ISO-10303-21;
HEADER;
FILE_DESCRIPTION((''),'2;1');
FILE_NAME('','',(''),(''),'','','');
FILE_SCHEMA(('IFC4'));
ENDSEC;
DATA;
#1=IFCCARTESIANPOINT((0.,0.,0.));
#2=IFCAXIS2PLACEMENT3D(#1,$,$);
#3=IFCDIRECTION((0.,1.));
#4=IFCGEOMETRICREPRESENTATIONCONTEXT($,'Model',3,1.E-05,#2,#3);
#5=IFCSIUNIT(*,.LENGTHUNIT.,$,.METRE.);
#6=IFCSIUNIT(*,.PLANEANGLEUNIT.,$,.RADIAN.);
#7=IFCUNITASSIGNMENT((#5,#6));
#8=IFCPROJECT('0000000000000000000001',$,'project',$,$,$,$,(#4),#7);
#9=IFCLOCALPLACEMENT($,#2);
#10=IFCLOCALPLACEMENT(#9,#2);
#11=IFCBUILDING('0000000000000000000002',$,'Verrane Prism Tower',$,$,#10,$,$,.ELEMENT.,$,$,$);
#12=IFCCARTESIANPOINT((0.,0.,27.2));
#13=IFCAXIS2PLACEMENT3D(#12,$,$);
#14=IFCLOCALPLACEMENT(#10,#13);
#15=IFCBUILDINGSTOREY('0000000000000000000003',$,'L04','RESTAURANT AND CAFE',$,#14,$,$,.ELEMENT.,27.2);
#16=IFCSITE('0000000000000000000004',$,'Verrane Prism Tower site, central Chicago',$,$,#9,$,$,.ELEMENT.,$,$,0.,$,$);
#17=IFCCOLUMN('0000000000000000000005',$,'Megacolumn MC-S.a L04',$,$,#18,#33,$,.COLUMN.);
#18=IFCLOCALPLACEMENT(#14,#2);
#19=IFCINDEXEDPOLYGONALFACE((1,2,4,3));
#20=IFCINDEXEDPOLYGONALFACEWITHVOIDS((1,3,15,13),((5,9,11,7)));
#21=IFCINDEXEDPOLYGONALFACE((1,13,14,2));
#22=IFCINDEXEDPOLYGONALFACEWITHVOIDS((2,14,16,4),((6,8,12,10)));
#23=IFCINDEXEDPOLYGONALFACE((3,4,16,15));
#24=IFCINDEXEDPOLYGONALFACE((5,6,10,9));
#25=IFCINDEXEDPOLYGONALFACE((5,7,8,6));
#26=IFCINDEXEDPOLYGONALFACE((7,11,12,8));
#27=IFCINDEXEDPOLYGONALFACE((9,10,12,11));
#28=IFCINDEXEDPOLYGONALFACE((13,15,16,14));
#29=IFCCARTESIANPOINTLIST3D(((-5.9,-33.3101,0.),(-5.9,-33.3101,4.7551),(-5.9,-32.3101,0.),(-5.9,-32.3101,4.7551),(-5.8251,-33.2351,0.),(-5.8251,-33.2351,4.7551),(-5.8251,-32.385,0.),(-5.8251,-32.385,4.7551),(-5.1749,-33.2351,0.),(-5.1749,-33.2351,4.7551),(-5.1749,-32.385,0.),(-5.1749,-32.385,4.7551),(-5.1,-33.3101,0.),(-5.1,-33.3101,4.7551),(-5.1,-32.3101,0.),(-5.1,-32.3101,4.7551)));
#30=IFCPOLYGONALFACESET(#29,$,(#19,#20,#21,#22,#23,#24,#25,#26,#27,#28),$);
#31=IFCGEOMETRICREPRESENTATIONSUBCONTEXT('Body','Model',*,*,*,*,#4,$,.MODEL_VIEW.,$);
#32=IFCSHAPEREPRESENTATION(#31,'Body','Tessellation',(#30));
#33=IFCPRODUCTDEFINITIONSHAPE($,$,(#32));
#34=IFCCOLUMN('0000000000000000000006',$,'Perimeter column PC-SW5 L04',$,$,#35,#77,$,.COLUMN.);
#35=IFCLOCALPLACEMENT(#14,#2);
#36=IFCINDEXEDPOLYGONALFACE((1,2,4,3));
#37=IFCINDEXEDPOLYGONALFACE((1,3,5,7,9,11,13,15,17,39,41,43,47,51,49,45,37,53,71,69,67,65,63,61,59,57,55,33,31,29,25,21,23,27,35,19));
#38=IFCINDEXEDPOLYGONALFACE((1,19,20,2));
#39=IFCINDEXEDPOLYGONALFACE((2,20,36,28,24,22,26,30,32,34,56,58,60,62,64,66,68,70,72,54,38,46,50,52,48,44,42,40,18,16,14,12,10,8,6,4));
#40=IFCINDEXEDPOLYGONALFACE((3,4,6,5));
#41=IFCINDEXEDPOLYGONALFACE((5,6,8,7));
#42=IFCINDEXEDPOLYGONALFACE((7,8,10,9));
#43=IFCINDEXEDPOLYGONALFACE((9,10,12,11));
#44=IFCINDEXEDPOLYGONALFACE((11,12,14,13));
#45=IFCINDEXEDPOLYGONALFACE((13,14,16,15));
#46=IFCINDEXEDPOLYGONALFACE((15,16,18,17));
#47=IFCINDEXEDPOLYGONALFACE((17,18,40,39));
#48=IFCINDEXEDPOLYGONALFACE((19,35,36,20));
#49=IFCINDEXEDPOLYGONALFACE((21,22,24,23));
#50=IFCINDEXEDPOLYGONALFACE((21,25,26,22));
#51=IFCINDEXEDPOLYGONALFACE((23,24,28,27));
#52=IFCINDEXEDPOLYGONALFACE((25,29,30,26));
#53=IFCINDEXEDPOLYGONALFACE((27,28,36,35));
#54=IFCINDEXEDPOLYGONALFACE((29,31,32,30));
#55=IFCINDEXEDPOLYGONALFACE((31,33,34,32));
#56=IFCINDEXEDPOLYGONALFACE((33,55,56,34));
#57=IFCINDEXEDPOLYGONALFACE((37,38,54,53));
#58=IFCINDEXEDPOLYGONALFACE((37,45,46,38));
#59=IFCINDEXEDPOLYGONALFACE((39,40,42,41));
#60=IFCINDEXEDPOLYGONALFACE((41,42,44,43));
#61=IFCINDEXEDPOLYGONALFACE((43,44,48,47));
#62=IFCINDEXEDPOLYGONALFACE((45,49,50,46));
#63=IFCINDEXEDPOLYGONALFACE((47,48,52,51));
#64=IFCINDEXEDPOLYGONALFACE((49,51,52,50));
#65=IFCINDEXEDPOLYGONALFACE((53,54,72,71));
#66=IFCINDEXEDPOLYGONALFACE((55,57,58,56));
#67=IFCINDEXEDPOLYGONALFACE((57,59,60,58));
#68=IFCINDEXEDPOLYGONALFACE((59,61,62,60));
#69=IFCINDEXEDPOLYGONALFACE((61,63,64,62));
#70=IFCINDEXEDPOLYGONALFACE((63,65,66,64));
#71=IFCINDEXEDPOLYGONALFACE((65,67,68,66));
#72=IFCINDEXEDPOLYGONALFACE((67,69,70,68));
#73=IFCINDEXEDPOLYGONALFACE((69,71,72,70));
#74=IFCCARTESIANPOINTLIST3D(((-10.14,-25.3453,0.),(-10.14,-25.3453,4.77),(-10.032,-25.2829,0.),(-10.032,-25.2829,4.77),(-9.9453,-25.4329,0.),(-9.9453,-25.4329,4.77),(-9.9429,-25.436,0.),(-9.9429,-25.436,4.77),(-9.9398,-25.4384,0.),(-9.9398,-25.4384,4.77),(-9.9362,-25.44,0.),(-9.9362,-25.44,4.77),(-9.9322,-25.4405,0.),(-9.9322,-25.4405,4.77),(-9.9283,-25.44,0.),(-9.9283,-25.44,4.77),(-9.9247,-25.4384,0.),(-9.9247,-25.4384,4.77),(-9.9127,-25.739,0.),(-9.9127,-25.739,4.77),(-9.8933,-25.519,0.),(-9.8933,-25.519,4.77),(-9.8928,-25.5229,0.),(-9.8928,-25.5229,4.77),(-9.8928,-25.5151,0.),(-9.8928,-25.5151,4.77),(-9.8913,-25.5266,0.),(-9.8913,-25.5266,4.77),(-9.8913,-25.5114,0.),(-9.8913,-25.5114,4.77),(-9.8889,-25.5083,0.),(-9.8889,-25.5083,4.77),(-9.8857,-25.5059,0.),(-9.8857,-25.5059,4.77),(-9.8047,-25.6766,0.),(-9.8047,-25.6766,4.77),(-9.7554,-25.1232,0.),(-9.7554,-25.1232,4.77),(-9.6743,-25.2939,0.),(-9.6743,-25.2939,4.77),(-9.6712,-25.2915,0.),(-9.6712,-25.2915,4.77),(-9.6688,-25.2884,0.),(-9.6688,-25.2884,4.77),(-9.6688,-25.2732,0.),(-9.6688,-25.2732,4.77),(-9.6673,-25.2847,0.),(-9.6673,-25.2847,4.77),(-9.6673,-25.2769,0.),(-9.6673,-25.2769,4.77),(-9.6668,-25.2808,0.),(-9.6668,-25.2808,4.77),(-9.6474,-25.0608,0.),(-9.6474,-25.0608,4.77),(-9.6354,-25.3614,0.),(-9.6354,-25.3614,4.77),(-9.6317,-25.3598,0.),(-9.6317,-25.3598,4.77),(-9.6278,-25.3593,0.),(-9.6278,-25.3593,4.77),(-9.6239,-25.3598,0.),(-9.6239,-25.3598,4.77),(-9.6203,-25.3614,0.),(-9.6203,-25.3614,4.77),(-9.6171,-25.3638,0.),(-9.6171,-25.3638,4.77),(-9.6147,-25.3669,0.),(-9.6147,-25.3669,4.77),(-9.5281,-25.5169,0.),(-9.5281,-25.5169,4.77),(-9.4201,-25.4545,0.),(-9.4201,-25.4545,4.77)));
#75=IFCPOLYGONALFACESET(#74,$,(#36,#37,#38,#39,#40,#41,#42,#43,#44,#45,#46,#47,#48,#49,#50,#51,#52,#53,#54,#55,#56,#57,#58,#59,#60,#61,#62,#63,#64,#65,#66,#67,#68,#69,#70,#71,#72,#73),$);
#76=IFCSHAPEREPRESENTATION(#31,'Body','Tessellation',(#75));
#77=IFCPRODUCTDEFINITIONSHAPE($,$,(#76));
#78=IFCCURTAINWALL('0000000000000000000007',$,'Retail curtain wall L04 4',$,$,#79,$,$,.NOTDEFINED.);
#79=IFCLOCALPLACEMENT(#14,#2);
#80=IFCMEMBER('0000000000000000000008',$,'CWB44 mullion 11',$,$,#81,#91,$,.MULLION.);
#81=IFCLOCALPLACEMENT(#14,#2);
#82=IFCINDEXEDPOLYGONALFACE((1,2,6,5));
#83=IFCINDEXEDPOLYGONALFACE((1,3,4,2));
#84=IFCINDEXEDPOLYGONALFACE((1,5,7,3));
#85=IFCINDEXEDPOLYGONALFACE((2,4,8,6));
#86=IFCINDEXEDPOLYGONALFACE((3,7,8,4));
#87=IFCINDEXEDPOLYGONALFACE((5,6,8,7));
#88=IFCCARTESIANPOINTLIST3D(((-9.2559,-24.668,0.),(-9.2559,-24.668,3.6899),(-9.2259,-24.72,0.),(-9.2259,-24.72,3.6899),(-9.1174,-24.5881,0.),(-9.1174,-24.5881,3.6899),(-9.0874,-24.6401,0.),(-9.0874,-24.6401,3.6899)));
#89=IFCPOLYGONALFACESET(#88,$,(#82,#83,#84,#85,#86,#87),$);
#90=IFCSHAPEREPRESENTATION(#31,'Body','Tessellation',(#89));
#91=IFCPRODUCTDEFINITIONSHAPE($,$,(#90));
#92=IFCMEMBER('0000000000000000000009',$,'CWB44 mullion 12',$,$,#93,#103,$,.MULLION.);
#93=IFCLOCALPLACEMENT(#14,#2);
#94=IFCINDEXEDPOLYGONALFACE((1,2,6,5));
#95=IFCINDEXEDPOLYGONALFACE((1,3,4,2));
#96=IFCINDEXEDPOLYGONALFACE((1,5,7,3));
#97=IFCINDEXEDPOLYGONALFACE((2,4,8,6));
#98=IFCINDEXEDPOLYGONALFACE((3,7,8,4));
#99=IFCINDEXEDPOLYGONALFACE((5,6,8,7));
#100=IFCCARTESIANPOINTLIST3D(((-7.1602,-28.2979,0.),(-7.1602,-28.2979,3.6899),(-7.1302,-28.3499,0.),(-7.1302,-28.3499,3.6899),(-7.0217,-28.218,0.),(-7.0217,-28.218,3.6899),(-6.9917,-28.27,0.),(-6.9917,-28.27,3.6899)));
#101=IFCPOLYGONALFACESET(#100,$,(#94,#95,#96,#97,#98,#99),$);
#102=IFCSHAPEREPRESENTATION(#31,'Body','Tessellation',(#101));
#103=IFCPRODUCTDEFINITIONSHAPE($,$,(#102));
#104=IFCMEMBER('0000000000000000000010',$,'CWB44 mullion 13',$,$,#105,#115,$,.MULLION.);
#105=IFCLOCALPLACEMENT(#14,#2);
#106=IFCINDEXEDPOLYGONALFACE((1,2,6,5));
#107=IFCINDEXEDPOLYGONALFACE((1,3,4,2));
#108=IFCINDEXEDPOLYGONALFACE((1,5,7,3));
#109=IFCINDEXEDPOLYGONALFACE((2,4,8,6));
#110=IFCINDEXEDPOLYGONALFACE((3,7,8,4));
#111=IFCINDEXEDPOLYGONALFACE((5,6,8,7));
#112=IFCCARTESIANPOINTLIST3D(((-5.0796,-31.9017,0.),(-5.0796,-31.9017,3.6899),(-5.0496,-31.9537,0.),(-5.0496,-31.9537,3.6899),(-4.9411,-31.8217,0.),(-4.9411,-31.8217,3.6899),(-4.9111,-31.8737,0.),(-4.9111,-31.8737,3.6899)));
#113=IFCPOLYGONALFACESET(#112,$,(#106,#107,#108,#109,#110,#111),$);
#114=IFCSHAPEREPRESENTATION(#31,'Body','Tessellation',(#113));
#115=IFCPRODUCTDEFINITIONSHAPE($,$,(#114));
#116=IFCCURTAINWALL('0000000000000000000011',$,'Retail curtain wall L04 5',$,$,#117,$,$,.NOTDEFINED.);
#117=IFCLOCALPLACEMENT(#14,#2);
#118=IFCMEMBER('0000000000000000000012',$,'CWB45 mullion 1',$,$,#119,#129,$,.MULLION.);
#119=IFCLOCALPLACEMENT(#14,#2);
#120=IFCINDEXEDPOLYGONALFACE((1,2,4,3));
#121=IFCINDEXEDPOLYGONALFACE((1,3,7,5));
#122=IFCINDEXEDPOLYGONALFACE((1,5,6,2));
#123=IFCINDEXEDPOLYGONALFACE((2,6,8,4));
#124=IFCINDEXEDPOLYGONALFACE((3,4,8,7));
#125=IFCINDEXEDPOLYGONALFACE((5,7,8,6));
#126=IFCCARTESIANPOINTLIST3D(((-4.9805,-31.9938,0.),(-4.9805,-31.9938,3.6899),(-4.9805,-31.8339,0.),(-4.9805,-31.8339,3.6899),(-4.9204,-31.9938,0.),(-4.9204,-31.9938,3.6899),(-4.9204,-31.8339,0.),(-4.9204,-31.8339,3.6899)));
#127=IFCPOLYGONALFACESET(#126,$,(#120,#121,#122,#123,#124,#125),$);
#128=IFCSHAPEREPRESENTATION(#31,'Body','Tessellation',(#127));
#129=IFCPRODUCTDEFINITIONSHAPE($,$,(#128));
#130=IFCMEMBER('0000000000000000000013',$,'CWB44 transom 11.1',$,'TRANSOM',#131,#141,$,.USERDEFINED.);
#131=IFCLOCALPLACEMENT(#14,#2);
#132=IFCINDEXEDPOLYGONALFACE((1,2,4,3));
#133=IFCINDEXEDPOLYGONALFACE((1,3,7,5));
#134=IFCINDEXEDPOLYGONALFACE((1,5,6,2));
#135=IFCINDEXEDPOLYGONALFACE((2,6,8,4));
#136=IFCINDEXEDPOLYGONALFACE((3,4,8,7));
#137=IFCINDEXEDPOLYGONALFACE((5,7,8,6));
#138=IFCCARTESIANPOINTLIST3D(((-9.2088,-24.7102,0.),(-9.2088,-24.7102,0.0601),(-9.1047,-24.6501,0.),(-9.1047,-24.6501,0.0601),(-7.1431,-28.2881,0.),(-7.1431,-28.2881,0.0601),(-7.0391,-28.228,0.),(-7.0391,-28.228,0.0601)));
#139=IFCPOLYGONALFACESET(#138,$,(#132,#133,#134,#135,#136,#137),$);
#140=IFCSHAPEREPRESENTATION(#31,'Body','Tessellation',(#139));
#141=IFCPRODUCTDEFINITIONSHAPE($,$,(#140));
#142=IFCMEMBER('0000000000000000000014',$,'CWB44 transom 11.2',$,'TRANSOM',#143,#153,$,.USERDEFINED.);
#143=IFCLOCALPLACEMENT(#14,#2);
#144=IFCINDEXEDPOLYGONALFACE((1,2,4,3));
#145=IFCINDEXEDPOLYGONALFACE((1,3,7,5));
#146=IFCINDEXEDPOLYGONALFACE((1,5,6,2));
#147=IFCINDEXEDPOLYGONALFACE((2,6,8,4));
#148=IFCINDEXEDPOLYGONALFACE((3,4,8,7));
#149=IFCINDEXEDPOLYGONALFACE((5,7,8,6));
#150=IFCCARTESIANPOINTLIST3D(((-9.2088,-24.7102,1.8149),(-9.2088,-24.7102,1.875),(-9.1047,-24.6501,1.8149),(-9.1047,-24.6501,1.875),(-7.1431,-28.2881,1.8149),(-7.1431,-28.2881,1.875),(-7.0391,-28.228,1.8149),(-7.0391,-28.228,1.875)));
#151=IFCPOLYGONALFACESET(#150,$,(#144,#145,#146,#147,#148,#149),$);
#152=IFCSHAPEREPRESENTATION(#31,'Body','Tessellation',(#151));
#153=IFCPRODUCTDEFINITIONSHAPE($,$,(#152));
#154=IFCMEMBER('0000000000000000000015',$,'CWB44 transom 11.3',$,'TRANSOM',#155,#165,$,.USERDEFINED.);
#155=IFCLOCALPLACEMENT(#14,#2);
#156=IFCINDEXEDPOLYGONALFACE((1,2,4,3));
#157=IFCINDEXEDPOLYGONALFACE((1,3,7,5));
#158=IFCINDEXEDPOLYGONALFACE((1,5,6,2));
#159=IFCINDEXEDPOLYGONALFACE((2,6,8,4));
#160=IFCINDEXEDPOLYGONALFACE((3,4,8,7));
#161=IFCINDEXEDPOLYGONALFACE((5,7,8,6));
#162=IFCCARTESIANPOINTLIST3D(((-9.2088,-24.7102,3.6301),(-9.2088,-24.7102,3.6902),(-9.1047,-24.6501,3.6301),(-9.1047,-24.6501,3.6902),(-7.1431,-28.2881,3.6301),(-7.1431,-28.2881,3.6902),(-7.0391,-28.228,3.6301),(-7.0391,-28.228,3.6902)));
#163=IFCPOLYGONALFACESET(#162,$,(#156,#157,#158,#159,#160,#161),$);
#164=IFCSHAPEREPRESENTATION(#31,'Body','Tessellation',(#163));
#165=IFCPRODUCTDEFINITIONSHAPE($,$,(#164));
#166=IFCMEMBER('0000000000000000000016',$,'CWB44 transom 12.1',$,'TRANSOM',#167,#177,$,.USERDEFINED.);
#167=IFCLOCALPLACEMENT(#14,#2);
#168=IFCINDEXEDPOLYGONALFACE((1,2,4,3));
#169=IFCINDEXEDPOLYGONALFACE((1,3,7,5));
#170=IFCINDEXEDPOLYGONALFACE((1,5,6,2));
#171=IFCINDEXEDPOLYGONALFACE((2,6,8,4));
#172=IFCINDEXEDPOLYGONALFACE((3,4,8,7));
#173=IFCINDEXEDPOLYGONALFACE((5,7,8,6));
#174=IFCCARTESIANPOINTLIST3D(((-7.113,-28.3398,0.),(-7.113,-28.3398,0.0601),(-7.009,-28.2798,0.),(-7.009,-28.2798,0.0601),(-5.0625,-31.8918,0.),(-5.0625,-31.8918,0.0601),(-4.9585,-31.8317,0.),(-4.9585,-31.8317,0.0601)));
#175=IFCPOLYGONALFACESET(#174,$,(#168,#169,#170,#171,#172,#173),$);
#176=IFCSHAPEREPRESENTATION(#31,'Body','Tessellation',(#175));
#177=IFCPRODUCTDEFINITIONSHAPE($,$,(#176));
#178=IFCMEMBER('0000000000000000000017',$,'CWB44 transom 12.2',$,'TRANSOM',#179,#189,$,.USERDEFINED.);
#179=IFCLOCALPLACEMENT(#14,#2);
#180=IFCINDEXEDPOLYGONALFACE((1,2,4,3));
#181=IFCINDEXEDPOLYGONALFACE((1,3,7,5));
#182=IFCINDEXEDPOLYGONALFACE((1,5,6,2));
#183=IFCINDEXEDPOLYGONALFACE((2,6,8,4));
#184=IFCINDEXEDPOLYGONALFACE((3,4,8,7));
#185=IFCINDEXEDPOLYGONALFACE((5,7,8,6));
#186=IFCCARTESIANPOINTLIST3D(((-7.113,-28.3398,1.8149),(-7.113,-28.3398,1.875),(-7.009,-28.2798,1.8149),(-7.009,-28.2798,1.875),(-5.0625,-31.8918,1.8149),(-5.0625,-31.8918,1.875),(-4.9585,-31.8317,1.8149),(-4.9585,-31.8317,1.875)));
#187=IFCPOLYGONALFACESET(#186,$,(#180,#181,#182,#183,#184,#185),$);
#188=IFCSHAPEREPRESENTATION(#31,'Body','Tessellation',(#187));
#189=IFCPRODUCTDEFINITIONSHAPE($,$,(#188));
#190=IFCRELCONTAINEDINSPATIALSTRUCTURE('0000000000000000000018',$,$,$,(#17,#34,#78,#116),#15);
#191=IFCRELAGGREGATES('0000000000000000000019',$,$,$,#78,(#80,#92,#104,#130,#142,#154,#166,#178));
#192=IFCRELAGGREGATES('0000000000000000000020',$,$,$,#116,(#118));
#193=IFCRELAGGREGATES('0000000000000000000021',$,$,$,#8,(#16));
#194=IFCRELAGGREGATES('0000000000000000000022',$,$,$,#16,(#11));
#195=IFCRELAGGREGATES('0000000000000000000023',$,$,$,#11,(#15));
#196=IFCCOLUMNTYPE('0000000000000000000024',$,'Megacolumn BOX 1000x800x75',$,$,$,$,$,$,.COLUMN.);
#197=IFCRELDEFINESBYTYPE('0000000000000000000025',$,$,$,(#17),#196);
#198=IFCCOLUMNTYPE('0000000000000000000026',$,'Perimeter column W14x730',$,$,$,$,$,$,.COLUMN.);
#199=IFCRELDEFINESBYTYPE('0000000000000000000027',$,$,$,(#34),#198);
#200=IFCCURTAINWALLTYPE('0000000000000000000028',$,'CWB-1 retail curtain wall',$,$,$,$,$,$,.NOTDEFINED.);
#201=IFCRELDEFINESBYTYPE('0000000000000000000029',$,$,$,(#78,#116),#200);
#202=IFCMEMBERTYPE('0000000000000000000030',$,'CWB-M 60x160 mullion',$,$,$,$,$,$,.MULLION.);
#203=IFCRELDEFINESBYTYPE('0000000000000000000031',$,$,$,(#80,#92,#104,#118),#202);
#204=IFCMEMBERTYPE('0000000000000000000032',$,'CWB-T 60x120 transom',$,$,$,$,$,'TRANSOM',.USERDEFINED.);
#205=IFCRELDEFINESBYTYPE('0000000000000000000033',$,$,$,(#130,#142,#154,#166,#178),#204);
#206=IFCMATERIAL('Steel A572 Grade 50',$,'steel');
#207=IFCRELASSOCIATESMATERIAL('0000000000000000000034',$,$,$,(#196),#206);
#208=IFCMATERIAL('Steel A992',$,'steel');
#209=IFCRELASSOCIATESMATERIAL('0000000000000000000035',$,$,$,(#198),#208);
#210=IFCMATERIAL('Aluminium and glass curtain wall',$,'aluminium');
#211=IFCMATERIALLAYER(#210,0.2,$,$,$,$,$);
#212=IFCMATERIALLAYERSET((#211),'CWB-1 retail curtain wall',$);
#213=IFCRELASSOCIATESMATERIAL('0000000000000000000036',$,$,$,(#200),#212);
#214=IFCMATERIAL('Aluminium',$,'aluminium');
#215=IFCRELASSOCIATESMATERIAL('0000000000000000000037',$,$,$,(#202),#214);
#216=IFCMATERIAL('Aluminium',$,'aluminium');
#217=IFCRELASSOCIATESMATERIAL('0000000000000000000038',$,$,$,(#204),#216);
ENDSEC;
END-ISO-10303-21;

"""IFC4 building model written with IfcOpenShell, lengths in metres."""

from ifc_helpers import new_model, si_unit, direction, frame, origin, origin_2d, place, context, subcontext, project, spatial, rectangle, hollow_rectangle, i_section, extrude, material, layer, layer_set, material_profile, profile_set, type_object, element, aggregate, save


model = new_model("IFC4")

# Units and contexts
model_context = context("Model", 3, precision=1e-05, world=origin(), true_north=direction((0.0, 1.0)))
body_context = subcontext(model_context, "Body", "Model", "MODEL_VIEW")
ifc_project = project(units=[si_unit("LENGTHUNIT", "METRE"), si_unit("PLANEANGLEUNIT", "RADIAN")], contexts=[model_context])

# Site, building, storey
site_placement = place(None, origin())
site = spatial("IfcSite", under=ifc_project, at=site_placement, Name="Verrane Prism Tower site, central Chicago", CompositionType="ELEMENT", RefElevation=0.0)
building_placement = place(site_placement, origin())
building = spatial("IfcBuilding", under=site, at=building_placement, Name="Verrane Prism Tower", CompositionType="ELEMENT")
storey_placement = place(building_placement, frame((0.0, 0.0, 27.2)))
storey = spatial("IfcBuildingStorey", under=building, at=storey_placement, Name="L04", Description="RESTAURANT AND CAFE", CompositionType="ELEMENT", Elevation=27.2)

# Columns
ifc_material_1 = material(Name="Steel A572 Grade 50", Category="steel")
ifc_material_profile_1 = material_profile(ifc_material_1, hollow_rectangle(XDim=0.8, YDim=1.0, WallThickness=0.075, at=origin_2d()), Name="BOX 1000x800x75")
ifc_profile_set_1 = profile_set([ifc_material_profile_1], Name="Steel A572 Grade 50")
column_type_1 = type_object("IfcColumnType", Name="Megacolumn BOX 1000x800x75", PredefinedType="COLUMN", material=ifc_profile_set_1)
column_1_placement = place(storey_placement, frame((-5.5, -32.8101, 0.0), z_axis=(0.0, 0.0, 1.0), x_axis=(-1.0, 0.0, 0.0)))
element("IfcColumn", 1, at=column_1_placement, inside=storey, type_object=column_type_1, Name="Megacolumn MC-S.a L04", PredefinedType="COLUMN", context=body_context, shape_type="SweptSolid", body=[
    extrude(hollow_rectangle(XDim=0.8, YDim=1.0, WallThickness=0.075, at=origin_2d()), origin(), (0.0, 0.0, 1.0), 4.7551),
])
ifc_material_2 = material(Name="Steel A992", Category="steel")
ifc_material_profile_2 = material_profile(ifc_material_2, i_section(OverallWidth=0.4546, OverallDepth=0.5688, WebThickness=0.0779, FlangeThickness=0.1248, FilletRadius=0.0151, at=origin_2d()), Name="W14x730")
ifc_profile_set_2 = profile_set([ifc_material_profile_2], Name="Steel A992")
column_type_2 = type_object("IfcColumnType", Name="Perimeter column W14x730", PredefinedType="COLUMN", material=ifc_profile_set_2)
column_2_placement = place(storey_placement, frame((-9.78, -25.3999, 0.0), z_axis=(0.0, 0.0, 1.0), x_axis=(-0.5, 0.866025, 0.0)))
element("IfcColumn", 2, at=column_2_placement, inside=storey, type_object=column_type_2, Name="Perimeter column PC-SW5 L04", PredefinedType="COLUMN", context=body_context, shape_type="SweptSolid", body=[
    extrude(i_section(OverallWidth=0.4546, OverallDepth=0.5688, WebThickness=0.0779, FlangeThickness=0.1248, FilletRadius=0.0151, at=origin_2d()), origin(), (0.0, 0.0, 1.0), 4.77),
])

# Curtain wall, members
ifc_material_3 = material(Name="Aluminium and glass curtain wall", Category="aluminium")
ifc_layer_1 = layer(ifc_material_3, 0.2)
ifc_layer_set_1 = layer_set([ifc_layer_1], Name="CWB-1 retail curtain wall")
curtain_wall_type = type_object("IfcCurtainWallType", Name="CWB-1 retail curtain wall", PredefinedType="NOTDEFINED", material=ifc_layer_set_1)
curtain_wall_1_placement = place(storey_placement, origin())
curtain_wall_1 = element("IfcCurtainWall", 3, at=curtain_wall_1_placement, inside=storey, type_object=curtain_wall_type, Name="Retail curtain wall L04 4", PredefinedType="NOTDEFINED")
ifc_material_4 = material(Name="Aluminium", Category="aluminium")
ifc_material_profile_3 = material_profile(ifc_material_4, rectangle(XDim=0.1599, YDim=0.0601, at=origin_2d()), Name="CWB-M 60x160 mullion")
ifc_profile_set_3 = profile_set([ifc_material_profile_3], Name="Aluminium")
member_type_1 = type_object("IfcMemberType", Name="CWB-M 60x160 mullion", PredefinedType="MULLION", material=ifc_profile_set_3)
member_1_placement = place(storey_placement, frame((-9.1716, -24.6541, 0.0), z_axis=(0.0, 0.0, 1.0), x_axis=(0.866025, 0.5, 0.0)))
member_1 = element("IfcMember", 4, at=member_1_placement, type_object=member_type_1, Name="CWB44 mullion 11", PredefinedType="MULLION", context=body_context, shape_type="SweptSolid", body=[
    extrude(rectangle(XDim=0.1599, YDim=0.0601, at=origin_2d()), origin(), (0.0, 0.0, 1.0), 3.6899),
])
member_2_placement = place(storey_placement, frame((-7.0759, -28.2839, 0.0), z_axis=(0.0, 0.0, 1.0), x_axis=(0.866025, 0.5, 0.0)))
member_2 = element("IfcMember", 5, at=member_2_placement, type_object=member_type_1, Name="CWB44 mullion 12", PredefinedType="MULLION", context=body_context, shape_type="SweptSolid", body=[
    extrude(rectangle(XDim=0.1599, YDim=0.0601, at=origin_2d()), origin(), (0.0, 0.0, 1.0), 3.6899),
])
member_3_placement = place(storey_placement, frame((-4.9954, -31.8877, 0.0), z_axis=(0.0, 0.0, 1.0), x_axis=(0.866025, 0.5, 0.0)))
member_3 = element("IfcMember", 6, at=member_3_placement, type_object=member_type_1, Name="CWB44 mullion 13", PredefinedType="MULLION", context=body_context, shape_type="SweptSolid", body=[
    extrude(rectangle(XDim=0.1599, YDim=0.0601, at=origin_2d()), origin(), (0.0, 0.0, 1.0), 3.6899),
])

# Curtain wall, member
curtain_wall_2_placement = place(storey_placement, origin())
curtain_wall_2 = element("IfcCurtainWall", 7, at=curtain_wall_2_placement, inside=storey, type_object=curtain_wall_type, Name="Retail curtain wall L04 5", PredefinedType="NOTDEFINED")
member_4_placement = place(storey_placement, frame((-4.9504, -31.9138, 0.0), z_axis=(0.0, 0.0, 1.0), x_axis=(0.0, 1.0, 0.0)))
member_4 = element("IfcMember", 8, at=member_4_placement, type_object=member_type_1, Name="CWB45 mullion 1", PredefinedType="MULLION", context=body_context, shape_type="SweptSolid", body=[
    extrude(rectangle(XDim=0.1599, YDim=0.0601, at=origin_2d()), origin(), (0.0, 0.0, 1.0), 3.6899),
])

# Members
ifc_material_5 = material(Name="Aluminium", Category="aluminium")
ifc_material_profile_4 = material_profile(ifc_material_5, rectangle(XDim=0.1201, YDim=0.0601, at=origin_2d()), Name="CWB-T 60x120 transom")
ifc_profile_set_4 = profile_set([ifc_material_profile_4], Name="Aluminium")
member_type_2 = type_object("IfcMemberType", Name="CWB-T 60x120 transom", ElementType="TRANSOM", PredefinedType="USERDEFINED", material=ifc_profile_set_4)
member_5_placement = place(storey_placement, frame((-9.1567, -24.6802, 0.03), z_axis=(0.499997, -0.866027, 0.0), x_axis=(0.866027, 0.499997, 0.0)))
member_5 = element("IfcMember", 9, at=member_5_placement, type_object=member_type_2, Name="CWB44 transom 11.1", ObjectType="TRANSOM", PredefinedType="USERDEFINED", context=body_context, shape_type="SweptSolid", body=[
    extrude(rectangle(XDim=0.1201, YDim=0.0601, at=origin_2d()), origin(), (0.0, 0.0, 1.0), 4.1313),
])
member_6_placement = place(storey_placement, frame((-9.1567, -24.6802, 1.845), z_axis=(0.499997, -0.866027, 0.0), x_axis=(0.866027, 0.499997, 0.0)))
member_6 = element("IfcMember", 10, at=member_6_placement, type_object=member_type_2, Name="CWB44 transom 11.2", ObjectType="TRANSOM", PredefinedType="USERDEFINED", context=body_context, shape_type="SweptSolid", body=[
    extrude(rectangle(XDim=0.1201, YDim=0.0601, at=origin_2d()), origin(), (0.0, 0.0, 1.0), 4.1313),
])
member_7_placement = place(storey_placement, frame((-9.1567, -24.6802, 3.6602), z_axis=(0.499997, -0.866027, 0.0), x_axis=(0.866027, 0.499997, 0.0)))
member_7 = element("IfcMember", 11, at=member_7_placement, type_object=member_type_2, Name="CWB44 transom 11.3", ObjectType="TRANSOM", PredefinedType="USERDEFINED", context=body_context, shape_type="SweptSolid", body=[
    extrude(rectangle(XDim=0.1201, YDim=0.0601, at=origin_2d()), origin(), (0.0, 0.0, 1.0), 4.1313),
])
member_8_placement = place(storey_placement, frame((-7.061, -28.3098, 0.03), z_axis=(0.499961, -0.866048, 0.0), x_axis=(0.866048, 0.499961, 0.0)))
member_8 = element("IfcMember", 12, at=member_8_placement, type_object=member_type_2, Name="CWB44 transom 12.1", ObjectType="TRANSOM", PredefinedType="USERDEFINED", context=body_context, shape_type="SweptSolid", body=[
    extrude(rectangle(XDim=0.1201, YDim=0.0601, at=origin_2d()), origin(), (0.0, 0.0, 1.0), 4.1013),
])
member_9_placement = place(storey_placement, frame((-7.061, -28.3098, 1.845), z_axis=(0.499961, -0.866048, 0.0), x_axis=(0.866048, 0.499961, 0.0)))
member_9 = element("IfcMember", 13, at=member_9_placement, type_object=member_type_2, Name="CWB44 transom 12.2", ObjectType="TRANSOM", PredefinedType="USERDEFINED", context=body_context, shape_type="SweptSolid", body=[
    extrude(rectangle(XDim=0.1201, YDim=0.0601, at=origin_2d()), origin(), (0.0, 0.0, 1.0), 4.1013),
])

aggregate(curtain_wall_1, [member_1, member_2, member_3, member_5, member_6, member_7, member_8, member_9])
aggregate(curtain_wall_2, [member_4])

save(model, "model.ifc")
